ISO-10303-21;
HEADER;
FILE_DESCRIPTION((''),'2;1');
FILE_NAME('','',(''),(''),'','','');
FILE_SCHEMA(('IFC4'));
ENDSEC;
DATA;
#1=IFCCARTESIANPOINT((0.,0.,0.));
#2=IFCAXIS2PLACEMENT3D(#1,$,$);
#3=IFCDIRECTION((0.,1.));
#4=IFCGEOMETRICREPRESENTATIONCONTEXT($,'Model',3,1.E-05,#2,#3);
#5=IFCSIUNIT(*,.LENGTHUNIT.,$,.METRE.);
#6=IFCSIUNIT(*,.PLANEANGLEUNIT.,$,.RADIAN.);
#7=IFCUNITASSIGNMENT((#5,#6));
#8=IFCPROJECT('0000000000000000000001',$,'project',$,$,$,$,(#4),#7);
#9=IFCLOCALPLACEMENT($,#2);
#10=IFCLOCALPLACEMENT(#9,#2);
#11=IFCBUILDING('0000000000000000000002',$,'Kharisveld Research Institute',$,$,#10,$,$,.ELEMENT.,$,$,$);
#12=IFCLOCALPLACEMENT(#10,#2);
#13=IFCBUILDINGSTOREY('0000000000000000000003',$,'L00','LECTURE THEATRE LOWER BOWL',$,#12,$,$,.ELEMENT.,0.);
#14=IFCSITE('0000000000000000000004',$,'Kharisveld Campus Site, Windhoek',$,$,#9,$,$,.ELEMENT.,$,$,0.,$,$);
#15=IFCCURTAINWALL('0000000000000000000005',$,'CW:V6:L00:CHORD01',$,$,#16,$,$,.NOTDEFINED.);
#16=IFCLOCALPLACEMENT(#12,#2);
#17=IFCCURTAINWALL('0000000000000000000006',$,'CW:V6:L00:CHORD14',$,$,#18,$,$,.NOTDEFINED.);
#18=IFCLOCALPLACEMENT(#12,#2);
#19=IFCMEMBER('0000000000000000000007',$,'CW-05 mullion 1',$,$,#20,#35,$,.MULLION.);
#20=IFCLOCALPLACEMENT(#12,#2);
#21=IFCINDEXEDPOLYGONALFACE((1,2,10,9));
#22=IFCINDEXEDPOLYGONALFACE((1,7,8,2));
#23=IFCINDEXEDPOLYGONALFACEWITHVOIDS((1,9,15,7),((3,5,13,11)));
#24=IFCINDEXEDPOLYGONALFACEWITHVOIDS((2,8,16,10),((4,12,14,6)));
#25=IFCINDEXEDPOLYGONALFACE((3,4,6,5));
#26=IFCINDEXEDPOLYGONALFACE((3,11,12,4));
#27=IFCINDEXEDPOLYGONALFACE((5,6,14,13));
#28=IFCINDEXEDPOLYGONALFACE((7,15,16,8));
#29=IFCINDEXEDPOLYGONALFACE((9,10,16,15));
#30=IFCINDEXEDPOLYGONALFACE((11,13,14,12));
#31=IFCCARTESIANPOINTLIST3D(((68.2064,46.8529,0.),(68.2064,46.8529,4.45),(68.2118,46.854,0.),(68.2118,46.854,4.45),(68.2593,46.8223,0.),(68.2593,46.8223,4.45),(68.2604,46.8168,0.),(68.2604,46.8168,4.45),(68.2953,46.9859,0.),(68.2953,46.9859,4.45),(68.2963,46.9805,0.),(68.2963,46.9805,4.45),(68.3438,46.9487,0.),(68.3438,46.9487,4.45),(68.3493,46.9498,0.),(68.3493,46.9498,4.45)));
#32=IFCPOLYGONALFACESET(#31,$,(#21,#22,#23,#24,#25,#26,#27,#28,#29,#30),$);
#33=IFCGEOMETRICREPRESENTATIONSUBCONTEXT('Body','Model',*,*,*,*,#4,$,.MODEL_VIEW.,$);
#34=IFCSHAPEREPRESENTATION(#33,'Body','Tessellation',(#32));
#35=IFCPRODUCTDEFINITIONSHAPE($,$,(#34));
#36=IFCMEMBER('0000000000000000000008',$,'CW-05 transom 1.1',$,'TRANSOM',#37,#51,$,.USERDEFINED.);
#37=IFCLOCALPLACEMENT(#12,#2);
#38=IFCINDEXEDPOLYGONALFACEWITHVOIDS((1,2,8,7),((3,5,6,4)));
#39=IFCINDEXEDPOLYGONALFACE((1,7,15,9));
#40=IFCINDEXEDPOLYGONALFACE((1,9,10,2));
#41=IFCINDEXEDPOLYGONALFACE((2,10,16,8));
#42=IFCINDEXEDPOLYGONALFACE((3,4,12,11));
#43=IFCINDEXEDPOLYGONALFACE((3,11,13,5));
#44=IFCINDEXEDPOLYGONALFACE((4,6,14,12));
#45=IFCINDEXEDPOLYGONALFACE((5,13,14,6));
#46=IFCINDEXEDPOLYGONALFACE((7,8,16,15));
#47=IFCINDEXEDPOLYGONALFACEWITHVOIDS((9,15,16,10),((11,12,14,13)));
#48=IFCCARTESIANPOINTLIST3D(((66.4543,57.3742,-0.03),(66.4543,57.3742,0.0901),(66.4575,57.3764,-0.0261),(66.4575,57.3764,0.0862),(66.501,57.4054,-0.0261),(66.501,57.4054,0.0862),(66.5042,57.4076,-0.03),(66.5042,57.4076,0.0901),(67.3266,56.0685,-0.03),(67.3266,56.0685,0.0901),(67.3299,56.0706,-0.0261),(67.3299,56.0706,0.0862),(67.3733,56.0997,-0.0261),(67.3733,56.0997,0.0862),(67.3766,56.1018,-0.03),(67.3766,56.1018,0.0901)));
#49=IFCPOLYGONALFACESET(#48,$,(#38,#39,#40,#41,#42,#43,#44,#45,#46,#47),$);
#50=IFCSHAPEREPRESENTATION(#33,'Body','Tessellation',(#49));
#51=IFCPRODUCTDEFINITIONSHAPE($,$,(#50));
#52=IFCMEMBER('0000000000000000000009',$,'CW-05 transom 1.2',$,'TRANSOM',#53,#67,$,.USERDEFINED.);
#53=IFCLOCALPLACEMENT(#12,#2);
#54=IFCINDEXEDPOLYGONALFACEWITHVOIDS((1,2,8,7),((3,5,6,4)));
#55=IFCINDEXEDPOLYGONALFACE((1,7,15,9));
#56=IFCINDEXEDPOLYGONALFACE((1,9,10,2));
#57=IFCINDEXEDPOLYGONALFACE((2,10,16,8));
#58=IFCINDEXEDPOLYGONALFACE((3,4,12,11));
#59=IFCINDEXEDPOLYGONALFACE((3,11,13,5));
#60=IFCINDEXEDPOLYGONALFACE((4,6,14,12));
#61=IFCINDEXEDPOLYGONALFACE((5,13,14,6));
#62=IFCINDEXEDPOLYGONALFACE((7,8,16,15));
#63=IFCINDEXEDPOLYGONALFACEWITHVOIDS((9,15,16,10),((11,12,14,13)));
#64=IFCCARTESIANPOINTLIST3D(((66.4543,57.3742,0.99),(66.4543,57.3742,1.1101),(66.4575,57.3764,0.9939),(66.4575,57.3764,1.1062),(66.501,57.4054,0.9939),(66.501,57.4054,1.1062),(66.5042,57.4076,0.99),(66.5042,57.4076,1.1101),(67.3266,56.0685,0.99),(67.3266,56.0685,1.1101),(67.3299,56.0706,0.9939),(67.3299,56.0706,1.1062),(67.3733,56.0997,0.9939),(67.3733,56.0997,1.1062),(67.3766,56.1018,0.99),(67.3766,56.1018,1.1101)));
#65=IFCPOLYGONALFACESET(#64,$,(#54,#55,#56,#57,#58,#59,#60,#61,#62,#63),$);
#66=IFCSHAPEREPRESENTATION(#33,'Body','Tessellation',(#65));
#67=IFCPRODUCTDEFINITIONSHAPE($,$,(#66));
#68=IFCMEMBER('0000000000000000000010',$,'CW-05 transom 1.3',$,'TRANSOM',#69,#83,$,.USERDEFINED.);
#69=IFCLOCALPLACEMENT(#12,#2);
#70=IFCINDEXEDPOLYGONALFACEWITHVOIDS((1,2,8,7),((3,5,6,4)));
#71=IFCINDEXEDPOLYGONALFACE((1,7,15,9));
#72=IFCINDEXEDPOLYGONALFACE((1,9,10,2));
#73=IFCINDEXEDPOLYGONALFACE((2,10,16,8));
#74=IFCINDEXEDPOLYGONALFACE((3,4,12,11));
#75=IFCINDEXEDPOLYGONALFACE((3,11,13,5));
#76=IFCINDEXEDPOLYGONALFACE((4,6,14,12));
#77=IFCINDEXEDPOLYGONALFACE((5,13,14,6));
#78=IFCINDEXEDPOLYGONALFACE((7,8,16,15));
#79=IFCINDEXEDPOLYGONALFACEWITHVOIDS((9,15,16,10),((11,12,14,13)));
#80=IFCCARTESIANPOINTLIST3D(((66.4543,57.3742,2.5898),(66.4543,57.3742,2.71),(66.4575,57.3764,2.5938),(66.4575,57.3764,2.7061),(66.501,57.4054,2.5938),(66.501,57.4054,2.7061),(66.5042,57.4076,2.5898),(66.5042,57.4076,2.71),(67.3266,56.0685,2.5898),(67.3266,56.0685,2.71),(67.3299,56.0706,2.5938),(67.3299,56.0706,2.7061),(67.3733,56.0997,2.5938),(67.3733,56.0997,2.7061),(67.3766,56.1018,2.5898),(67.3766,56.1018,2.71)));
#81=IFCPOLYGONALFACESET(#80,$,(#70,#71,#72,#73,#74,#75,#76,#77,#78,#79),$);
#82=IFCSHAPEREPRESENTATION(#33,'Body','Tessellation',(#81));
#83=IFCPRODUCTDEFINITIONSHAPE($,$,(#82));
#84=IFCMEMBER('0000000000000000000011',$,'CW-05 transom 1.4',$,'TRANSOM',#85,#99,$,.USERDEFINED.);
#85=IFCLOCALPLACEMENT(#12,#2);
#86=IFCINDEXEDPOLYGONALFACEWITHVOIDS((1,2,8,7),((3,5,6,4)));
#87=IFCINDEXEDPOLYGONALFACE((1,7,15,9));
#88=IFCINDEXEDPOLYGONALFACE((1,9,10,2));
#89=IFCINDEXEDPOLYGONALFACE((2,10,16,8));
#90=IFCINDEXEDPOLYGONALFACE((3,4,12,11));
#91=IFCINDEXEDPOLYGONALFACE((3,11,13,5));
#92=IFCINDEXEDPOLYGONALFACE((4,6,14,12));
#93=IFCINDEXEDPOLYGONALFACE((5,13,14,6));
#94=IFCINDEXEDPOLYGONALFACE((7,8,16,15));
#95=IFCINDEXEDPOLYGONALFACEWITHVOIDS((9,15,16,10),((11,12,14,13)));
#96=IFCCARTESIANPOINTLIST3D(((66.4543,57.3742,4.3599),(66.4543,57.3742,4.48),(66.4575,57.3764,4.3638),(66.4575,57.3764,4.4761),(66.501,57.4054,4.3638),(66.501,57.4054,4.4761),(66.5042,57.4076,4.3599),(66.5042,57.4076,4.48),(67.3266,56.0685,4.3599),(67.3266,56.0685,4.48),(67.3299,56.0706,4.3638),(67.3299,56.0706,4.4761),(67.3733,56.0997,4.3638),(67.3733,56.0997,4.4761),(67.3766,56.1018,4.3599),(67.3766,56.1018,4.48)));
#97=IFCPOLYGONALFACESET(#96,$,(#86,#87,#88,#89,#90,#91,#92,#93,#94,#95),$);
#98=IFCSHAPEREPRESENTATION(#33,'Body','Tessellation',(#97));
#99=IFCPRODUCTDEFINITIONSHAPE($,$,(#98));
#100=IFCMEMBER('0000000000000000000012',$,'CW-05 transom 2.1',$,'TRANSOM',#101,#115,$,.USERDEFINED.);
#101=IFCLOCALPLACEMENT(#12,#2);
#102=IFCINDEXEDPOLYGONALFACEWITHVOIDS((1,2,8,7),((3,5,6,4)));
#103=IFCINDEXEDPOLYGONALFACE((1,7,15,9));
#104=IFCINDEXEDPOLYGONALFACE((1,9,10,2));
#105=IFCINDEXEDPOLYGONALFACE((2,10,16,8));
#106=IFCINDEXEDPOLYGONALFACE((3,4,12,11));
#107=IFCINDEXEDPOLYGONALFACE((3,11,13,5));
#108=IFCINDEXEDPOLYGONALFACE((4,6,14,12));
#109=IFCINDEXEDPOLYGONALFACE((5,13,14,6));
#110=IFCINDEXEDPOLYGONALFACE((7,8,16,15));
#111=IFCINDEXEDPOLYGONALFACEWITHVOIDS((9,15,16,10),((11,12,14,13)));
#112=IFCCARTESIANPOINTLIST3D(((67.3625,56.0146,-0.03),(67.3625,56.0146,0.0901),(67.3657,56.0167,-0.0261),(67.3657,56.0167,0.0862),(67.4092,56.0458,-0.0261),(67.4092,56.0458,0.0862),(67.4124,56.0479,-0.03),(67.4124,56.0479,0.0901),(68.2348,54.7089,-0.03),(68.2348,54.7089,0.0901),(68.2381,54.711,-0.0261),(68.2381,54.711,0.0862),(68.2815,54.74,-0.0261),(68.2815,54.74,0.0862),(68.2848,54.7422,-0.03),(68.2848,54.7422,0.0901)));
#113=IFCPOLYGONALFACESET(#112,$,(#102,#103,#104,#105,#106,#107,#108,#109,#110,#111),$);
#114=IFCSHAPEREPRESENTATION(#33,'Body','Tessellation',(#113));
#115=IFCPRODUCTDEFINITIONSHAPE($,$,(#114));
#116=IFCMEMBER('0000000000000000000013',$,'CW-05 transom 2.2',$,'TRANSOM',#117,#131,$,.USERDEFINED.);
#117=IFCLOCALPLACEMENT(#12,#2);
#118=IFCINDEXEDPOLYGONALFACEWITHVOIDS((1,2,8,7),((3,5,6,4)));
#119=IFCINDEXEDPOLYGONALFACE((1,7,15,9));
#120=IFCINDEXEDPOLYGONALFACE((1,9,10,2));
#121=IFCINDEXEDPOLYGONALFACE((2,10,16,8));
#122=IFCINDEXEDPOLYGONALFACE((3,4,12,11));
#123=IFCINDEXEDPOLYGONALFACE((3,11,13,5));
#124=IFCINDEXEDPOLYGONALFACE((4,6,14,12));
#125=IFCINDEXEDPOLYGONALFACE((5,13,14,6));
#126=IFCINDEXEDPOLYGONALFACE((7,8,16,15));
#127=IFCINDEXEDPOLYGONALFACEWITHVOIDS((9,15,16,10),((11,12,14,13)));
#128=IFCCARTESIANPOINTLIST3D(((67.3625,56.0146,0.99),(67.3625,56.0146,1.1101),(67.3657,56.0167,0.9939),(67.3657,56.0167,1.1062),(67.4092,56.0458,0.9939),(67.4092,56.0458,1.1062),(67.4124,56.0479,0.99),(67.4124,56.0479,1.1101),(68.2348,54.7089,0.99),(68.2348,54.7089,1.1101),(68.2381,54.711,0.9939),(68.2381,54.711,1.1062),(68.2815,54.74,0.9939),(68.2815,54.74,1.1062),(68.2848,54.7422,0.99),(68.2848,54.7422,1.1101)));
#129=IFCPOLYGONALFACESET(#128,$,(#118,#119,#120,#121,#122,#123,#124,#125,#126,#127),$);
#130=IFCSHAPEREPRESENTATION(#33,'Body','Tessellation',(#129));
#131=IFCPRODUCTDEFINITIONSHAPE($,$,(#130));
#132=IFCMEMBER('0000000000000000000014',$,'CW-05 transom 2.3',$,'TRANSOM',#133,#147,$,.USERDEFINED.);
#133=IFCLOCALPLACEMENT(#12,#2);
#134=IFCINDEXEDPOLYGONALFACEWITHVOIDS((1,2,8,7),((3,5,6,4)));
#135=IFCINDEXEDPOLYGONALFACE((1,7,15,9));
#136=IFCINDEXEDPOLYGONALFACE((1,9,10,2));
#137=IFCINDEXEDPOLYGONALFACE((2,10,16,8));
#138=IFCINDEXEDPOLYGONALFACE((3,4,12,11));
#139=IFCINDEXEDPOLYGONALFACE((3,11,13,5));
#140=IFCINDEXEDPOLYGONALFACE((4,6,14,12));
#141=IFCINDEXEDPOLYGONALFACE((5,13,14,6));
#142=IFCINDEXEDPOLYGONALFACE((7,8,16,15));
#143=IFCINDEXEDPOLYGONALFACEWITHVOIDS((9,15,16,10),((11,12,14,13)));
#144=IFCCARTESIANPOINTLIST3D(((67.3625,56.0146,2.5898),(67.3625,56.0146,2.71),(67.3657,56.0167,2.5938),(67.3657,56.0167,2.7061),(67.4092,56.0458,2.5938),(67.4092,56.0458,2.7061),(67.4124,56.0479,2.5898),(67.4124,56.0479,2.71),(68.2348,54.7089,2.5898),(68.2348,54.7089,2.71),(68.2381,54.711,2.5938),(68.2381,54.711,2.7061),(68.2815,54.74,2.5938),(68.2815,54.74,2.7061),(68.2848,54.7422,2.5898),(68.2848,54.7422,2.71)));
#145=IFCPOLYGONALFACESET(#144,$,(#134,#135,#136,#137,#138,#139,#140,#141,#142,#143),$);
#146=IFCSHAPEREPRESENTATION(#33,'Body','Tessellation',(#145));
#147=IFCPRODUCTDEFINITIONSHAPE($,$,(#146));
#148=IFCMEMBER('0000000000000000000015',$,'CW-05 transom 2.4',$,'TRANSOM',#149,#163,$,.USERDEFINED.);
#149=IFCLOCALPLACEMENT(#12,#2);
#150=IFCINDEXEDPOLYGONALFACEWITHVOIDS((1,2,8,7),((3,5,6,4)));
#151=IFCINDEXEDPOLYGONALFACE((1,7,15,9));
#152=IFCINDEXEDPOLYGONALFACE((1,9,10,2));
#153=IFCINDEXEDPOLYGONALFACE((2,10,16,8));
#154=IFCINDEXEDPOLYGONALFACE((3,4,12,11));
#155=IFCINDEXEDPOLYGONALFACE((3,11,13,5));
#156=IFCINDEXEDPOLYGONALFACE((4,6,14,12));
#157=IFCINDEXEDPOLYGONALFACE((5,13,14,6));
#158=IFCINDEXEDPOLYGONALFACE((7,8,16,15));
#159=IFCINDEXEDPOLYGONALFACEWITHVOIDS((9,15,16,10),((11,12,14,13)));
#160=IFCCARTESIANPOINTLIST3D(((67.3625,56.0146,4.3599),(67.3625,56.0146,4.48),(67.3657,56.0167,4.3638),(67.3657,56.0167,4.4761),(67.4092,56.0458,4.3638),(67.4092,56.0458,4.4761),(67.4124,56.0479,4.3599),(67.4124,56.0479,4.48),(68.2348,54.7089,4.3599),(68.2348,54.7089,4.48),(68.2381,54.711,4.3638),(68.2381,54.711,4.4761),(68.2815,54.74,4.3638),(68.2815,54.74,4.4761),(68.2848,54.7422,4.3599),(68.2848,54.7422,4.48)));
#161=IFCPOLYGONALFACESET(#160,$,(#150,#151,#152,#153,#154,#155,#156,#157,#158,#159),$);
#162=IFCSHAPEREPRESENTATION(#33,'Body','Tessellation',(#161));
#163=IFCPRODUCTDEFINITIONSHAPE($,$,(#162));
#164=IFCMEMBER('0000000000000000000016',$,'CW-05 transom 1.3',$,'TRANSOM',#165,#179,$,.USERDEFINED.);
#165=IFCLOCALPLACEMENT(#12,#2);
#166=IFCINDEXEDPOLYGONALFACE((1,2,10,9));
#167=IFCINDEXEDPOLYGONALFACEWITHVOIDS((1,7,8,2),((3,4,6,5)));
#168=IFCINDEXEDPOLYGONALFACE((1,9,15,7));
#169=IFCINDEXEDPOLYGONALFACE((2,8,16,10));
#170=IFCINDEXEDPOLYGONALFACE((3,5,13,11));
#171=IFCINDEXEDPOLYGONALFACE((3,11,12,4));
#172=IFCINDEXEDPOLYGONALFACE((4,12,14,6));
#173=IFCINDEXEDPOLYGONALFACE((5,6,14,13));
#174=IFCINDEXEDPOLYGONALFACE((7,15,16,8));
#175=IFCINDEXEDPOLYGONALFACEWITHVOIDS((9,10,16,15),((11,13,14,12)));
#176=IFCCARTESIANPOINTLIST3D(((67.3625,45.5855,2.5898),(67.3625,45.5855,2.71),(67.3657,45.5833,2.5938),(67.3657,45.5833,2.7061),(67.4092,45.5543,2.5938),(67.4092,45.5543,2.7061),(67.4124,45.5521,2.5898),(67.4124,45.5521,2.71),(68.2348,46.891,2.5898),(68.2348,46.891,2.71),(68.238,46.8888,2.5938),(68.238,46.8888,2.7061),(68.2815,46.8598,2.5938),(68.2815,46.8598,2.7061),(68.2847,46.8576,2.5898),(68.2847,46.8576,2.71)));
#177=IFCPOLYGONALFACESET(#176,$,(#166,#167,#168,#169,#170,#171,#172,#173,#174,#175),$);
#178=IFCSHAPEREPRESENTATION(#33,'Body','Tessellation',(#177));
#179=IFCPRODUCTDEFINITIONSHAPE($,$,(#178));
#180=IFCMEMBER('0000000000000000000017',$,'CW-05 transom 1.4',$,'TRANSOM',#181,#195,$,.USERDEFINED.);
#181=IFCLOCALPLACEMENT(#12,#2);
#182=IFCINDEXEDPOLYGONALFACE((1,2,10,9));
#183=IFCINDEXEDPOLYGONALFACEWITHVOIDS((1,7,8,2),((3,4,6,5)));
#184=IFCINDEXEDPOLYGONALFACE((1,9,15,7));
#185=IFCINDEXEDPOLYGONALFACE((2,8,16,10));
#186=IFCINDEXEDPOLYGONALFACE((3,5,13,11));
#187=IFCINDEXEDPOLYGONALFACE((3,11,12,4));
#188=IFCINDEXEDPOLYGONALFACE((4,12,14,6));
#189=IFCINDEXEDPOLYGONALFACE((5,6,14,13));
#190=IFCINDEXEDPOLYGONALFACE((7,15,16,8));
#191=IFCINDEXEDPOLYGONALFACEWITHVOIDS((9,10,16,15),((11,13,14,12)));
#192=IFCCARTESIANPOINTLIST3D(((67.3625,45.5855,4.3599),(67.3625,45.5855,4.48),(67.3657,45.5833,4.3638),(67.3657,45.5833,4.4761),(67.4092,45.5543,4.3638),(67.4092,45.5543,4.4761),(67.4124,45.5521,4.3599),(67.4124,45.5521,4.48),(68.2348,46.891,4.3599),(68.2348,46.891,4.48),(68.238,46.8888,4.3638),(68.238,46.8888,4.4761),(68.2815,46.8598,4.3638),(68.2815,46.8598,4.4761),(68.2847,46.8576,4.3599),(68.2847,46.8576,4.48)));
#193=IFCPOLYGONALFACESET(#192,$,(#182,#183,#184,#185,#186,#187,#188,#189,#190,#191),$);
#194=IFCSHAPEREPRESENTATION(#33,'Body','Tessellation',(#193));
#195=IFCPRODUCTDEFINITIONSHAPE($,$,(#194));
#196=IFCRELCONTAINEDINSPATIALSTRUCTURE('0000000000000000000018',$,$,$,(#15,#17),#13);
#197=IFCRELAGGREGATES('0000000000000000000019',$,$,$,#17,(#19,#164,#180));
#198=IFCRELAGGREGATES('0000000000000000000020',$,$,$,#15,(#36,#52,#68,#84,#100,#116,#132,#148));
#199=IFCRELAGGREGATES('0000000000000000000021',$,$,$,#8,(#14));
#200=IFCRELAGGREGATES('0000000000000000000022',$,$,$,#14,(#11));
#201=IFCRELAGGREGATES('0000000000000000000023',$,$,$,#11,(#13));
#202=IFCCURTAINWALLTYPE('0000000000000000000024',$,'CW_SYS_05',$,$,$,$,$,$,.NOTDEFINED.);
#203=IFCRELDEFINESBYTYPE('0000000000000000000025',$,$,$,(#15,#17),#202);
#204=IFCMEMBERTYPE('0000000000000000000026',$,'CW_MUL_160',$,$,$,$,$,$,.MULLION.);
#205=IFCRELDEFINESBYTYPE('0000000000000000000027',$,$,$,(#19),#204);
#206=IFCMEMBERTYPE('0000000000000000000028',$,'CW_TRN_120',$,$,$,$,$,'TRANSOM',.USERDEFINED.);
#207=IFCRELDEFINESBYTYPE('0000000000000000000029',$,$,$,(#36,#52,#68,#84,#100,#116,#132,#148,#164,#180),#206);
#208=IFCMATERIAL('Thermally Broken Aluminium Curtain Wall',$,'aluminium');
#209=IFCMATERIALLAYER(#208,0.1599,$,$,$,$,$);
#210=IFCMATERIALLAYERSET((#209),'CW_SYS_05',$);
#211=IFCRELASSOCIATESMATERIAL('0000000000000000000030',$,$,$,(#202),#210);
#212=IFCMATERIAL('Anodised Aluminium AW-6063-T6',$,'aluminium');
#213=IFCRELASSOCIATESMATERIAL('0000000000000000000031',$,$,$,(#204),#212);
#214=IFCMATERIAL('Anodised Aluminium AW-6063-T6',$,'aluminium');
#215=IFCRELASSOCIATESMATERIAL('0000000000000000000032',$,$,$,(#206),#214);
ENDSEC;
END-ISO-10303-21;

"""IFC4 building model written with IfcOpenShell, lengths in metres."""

from ifc_helpers import new_model, si_unit, direction, frame, origin, origin_2d, place, context, subcontext, project, spatial, hollow_rectangle, extrude, material, layer, layer_set, material_profile, profile_set, type_object, element, aggregate, save


model = new_model("IFC4")

# Units and contexts
model_context = context("Model", 3, precision=1e-05, world=origin(), true_north=direction((0.0, 1.0)))
body_context = subcontext(model_context, "Body", "Model", "MODEL_VIEW")
ifc_project = project(units=[si_unit("LENGTHUNIT", "METRE"), si_unit("PLANEANGLEUNIT", "RADIAN")], contexts=[model_context])

# Site, building, storey
site_placement = place(None, origin())
site = spatial("IfcSite", under=ifc_project, at=site_placement, Name="Kharisveld Campus Site, Windhoek", CompositionType="ELEMENT", RefElevation=0.0)
building_placement = place(site_placement, origin())
building = spatial("IfcBuilding", under=site, at=building_placement, Name="Kharisveld Research Institute", CompositionType="ELEMENT")
storey_placement = place(building_placement, origin())
storey = spatial("IfcBuildingStorey", under=building, at=storey_placement, Name="L00", Description="LECTURE THEATRE LOWER BOWL", CompositionType="ELEMENT", Elevation=0.0)

# Curtain wall
ifc_material_1 = material(Name="Thermally Broken Aluminium Curtain Wall", Category="aluminium")
ifc_layer_1 = layer(ifc_material_1, 0.1599)
ifc_layer_set_1 = layer_set([ifc_layer_1], Name="CW_SYS_05")
curtain_wall_type = type_object("IfcCurtainWallType", Name="CW_SYS_05", PredefinedType="NOTDEFINED", material=ifc_layer_set_1)
curtain_wall_1_placement = place(storey_placement, origin())
curtain_wall_1 = element("IfcCurtainWall", 1, at=curtain_wall_1_placement, inside=storey, type_object=curtain_wall_type, Name="CW:V6:L00:CHORD01", PredefinedType="NOTDEFINED")
ifc_material_2 = material(Name="Anodised Aluminium AW-6063-T6", Category="aluminium")
ifc_material_profile_1 = material_profile(ifc_material_2, hollow_rectangle(XDim=0.0649, YDim=0.1599, WallThickness=0.0039, at=origin_2d()))
ifc_profile_set_1 = profile_set([ifc_material_profile_1], Name="Anodised Aluminium AW-6063-T6")
member_type_1 = type_object("IfcMemberType", Name="CW_MUL_160", PredefinedType="MULLION", material=ifc_profile_set_1)

# Curtain wall, member
curtain_wall_2_placement = place(storey_placement, origin())
curtain_wall_2 = element("IfcCurtainWall", 2, at=curtain_wall_2_placement, inside=storey, type_object=curtain_wall_type, Name="CW:V6:L00:CHORD14", PredefinedType="NOTDEFINED")
member_1_placement = place(storey_placement, frame((68.2778, 46.9014, 0.0), z_axis=(0.0, 0.0, 1.0), x_axis=(0.83147, -0.55557, 0.0)))
member_1 = element("IfcMember", 3, at=member_1_placement, type_object=member_type_1, Name="CW-05 mullion 1", PredefinedType="MULLION", context=body_context, shape_type="SweptSolid", body=[
    extrude(hollow_rectangle(XDim=0.0649, YDim=0.1599, WallThickness=0.0039, at=origin_2d()), origin(), (0.0, 0.0, 1.0), 4.45),
])

# Members
ifc_material_3 = material(Name="Anodised Aluminium AW-6063-T6", Category="aluminium")
ifc_material_profile_2 = material_profile(ifc_material_3, hollow_rectangle(XDim=0.0601, YDim=0.1201, WallThickness=0.0039, at=origin_2d()))
ifc_profile_set_2 = profile_set([ifc_material_profile_2], Name="Anodised Aluminium AW-6063-T6")
member_type_2 = type_object("IfcMemberType", Name="CW_TRN_120", ElementType="TRANSOM", PredefinedType="USERDEFINED", material=ifc_profile_set_2)
member_2_placement = place(storey_placement, frame((66.4792, 57.3909, 0.03), z_axis=(0.555525, -0.8315, 0.0), x_axis=(0.8315, 0.555525, 0.0)))
member_2 = element("IfcMember", 4, at=member_2_placement, type_object=member_type_2, Name="CW-05 transom 1.1", ObjectType="TRANSOM", PredefinedType="USERDEFINED", context=body_context, shape_type="SweptSolid", body=[
    extrude(hollow_rectangle(XDim=0.0601, YDim=0.1201, WallThickness=0.0039, at=origin_2d()), origin(), (0.0, 0.0, 1.0), 1.5703),
])
member_3_placement = place(storey_placement, frame((66.4792, 57.3909, 1.05), z_axis=(0.555525, -0.8315, 0.0), x_axis=(0.8315, 0.555525, 0.0)))
member_3 = element("IfcMember", 5, at=member_3_placement, type_object=member_type_2, Name="CW-05 transom 1.2", ObjectType="TRANSOM", PredefinedType="USERDEFINED", context=body_context, shape_type="SweptSolid", body=[
    extrude(hollow_rectangle(XDim=0.0601, YDim=0.1201, WallThickness=0.0039, at=origin_2d()), origin(), (0.0, 0.0, 1.0), 1.5703),
])
member_4_placement = place(storey_placement, frame((66.4792, 57.3909, 2.6499), z_axis=(0.555525, -0.8315, 0.0), x_axis=(0.8315, 0.555525, 0.0)))
member_4 = element("IfcMember", 6, at=member_4_placement, type_object=member_type_2, Name="CW-05 transom 1.3", ObjectType="TRANSOM", PredefinedType="USERDEFINED", context=body_context, shape_type="SweptSolid", body=[
    extrude(hollow_rectangle(XDim=0.0601, YDim=0.1201, WallThickness=0.0039, at=origin_2d()), origin(), (0.0, 0.0, 1.0), 1.5703),
])
member_5_placement = place(storey_placement, frame((66.4792, 57.3909, 4.4199), z_axis=(0.555525, -0.8315, 0.0), x_axis=(0.8315, 0.555525, 0.0)))
member_5 = element("IfcMember", 7, at=member_5_placement, type_object=member_type_2, Name="CW-05 transom 1.4", ObjectType="TRANSOM", PredefinedType="USERDEFINED", context=body_context, shape_type="SweptSolid", body=[
    extrude(hollow_rectangle(XDim=0.0601, YDim=0.1201, WallThickness=0.0039, at=origin_2d()), origin(), (0.0, 0.0, 1.0), 1.5703),
])
member_6_placement = place(storey_placement, frame((67.3875, 56.0312, 0.03), z_axis=(0.555525, -0.8315, 0.0), x_axis=(0.8315, 0.555525, 0.0)))
member_6 = element("IfcMember", 8, at=member_6_placement, type_object=member_type_2, Name="CW-05 transom 2.1", ObjectType="TRANSOM", PredefinedType="USERDEFINED", context=body_context, shape_type="SweptSolid", body=[
    extrude(hollow_rectangle(XDim=0.0601, YDim=0.1201, WallThickness=0.0039, at=origin_2d()), origin(), (0.0, 0.0, 1.0), 1.5703),
])
member_7_placement = place(storey_placement, frame((67.3875, 56.0312, 1.05), z_axis=(0.555525, -0.8315, 0.0), x_axis=(0.8315, 0.555525, 0.0)))
member_7 = element("IfcMember", 9, at=member_7_placement, type_object=member_type_2, Name="CW-05 transom 2.2", ObjectType="TRANSOM", PredefinedType="USERDEFINED", context=body_context, shape_type="SweptSolid", body=[
    extrude(hollow_rectangle(XDim=0.0601, YDim=0.1201, WallThickness=0.0039, at=origin_2d()), origin(), (0.0, 0.0, 1.0), 1.5703),
])
member_8_placement = place(storey_placement, frame((67.3875, 56.0312, 2.6499), z_axis=(0.555525, -0.8315, 0.0), x_axis=(0.8315, 0.555525, 0.0)))
member_8 = element("IfcMember", 10, at=member_8_placement, type_object=member_type_2, Name="CW-05 transom 2.3", ObjectType="TRANSOM", PredefinedType="USERDEFINED", context=body_context, shape_type="SweptSolid", body=[
    extrude(hollow_rectangle(XDim=0.0601, YDim=0.1201, WallThickness=0.0039, at=origin_2d()), origin(), (0.0, 0.0, 1.0), 1.5703),
])
member_9_placement = place(storey_placement, frame((67.3875, 56.0312, 4.4199), z_axis=(0.555525, -0.8315, 0.0), x_axis=(0.8315, 0.555525, 0.0)))
member_9 = element("IfcMember", 11, at=member_9_placement, type_object=member_type_2, Name="CW-05 transom 2.4", ObjectType="TRANSOM", PredefinedType="USERDEFINED", context=body_context, shape_type="SweptSolid", body=[
    extrude(hollow_rectangle(XDim=0.0601, YDim=0.1201, WallThickness=0.0039, at=origin_2d()), origin(), (0.0, 0.0, 1.0), 1.5703),
])
member_10_placement = place(storey_placement, frame((68.2598, 46.8743, 2.6499), z_axis=(-0.555597, -0.831452, 0.0), x_axis=(0.831452, -0.555597, 0.0)))
member_10 = element("IfcMember", 12, at=member_10_placement, type_object=member_type_2, Name="CW-05 transom 1.3", ObjectType="TRANSOM", PredefinedType="USERDEFINED", context=body_context, shape_type="SweptSolid", body=[
    extrude(hollow_rectangle(XDim=0.0601, YDim=0.1201, WallThickness=0.0039, at=origin_2d()), origin(), (0.0, 0.0, 1.0), 1.5701),
])
member_11_placement = place(storey_placement, frame((68.2598, 46.8743, 4.4199), z_axis=(-0.555597, -0.831452, 0.0), x_axis=(0.831452, -0.555597, 0.0)))
member_11 = element("IfcMember", 13, at=member_11_placement, type_object=member_type_2, Name="CW-05 transom 1.4", ObjectType="TRANSOM", PredefinedType="USERDEFINED", context=body_context, shape_type="SweptSolid", body=[
    extrude(hollow_rectangle(XDim=0.0601, YDim=0.1201, WallThickness=0.0039, at=origin_2d()), origin(), (0.0, 0.0, 1.0), 1.5701),
])
aggregate(curtain_wall_2, [member_1, member_10, member_11])

aggregate(curtain_wall_1, [member_2, member_3, member_4, member_5, member_6, member_7, member_8, member_9])

save(model, "model.ifc")
